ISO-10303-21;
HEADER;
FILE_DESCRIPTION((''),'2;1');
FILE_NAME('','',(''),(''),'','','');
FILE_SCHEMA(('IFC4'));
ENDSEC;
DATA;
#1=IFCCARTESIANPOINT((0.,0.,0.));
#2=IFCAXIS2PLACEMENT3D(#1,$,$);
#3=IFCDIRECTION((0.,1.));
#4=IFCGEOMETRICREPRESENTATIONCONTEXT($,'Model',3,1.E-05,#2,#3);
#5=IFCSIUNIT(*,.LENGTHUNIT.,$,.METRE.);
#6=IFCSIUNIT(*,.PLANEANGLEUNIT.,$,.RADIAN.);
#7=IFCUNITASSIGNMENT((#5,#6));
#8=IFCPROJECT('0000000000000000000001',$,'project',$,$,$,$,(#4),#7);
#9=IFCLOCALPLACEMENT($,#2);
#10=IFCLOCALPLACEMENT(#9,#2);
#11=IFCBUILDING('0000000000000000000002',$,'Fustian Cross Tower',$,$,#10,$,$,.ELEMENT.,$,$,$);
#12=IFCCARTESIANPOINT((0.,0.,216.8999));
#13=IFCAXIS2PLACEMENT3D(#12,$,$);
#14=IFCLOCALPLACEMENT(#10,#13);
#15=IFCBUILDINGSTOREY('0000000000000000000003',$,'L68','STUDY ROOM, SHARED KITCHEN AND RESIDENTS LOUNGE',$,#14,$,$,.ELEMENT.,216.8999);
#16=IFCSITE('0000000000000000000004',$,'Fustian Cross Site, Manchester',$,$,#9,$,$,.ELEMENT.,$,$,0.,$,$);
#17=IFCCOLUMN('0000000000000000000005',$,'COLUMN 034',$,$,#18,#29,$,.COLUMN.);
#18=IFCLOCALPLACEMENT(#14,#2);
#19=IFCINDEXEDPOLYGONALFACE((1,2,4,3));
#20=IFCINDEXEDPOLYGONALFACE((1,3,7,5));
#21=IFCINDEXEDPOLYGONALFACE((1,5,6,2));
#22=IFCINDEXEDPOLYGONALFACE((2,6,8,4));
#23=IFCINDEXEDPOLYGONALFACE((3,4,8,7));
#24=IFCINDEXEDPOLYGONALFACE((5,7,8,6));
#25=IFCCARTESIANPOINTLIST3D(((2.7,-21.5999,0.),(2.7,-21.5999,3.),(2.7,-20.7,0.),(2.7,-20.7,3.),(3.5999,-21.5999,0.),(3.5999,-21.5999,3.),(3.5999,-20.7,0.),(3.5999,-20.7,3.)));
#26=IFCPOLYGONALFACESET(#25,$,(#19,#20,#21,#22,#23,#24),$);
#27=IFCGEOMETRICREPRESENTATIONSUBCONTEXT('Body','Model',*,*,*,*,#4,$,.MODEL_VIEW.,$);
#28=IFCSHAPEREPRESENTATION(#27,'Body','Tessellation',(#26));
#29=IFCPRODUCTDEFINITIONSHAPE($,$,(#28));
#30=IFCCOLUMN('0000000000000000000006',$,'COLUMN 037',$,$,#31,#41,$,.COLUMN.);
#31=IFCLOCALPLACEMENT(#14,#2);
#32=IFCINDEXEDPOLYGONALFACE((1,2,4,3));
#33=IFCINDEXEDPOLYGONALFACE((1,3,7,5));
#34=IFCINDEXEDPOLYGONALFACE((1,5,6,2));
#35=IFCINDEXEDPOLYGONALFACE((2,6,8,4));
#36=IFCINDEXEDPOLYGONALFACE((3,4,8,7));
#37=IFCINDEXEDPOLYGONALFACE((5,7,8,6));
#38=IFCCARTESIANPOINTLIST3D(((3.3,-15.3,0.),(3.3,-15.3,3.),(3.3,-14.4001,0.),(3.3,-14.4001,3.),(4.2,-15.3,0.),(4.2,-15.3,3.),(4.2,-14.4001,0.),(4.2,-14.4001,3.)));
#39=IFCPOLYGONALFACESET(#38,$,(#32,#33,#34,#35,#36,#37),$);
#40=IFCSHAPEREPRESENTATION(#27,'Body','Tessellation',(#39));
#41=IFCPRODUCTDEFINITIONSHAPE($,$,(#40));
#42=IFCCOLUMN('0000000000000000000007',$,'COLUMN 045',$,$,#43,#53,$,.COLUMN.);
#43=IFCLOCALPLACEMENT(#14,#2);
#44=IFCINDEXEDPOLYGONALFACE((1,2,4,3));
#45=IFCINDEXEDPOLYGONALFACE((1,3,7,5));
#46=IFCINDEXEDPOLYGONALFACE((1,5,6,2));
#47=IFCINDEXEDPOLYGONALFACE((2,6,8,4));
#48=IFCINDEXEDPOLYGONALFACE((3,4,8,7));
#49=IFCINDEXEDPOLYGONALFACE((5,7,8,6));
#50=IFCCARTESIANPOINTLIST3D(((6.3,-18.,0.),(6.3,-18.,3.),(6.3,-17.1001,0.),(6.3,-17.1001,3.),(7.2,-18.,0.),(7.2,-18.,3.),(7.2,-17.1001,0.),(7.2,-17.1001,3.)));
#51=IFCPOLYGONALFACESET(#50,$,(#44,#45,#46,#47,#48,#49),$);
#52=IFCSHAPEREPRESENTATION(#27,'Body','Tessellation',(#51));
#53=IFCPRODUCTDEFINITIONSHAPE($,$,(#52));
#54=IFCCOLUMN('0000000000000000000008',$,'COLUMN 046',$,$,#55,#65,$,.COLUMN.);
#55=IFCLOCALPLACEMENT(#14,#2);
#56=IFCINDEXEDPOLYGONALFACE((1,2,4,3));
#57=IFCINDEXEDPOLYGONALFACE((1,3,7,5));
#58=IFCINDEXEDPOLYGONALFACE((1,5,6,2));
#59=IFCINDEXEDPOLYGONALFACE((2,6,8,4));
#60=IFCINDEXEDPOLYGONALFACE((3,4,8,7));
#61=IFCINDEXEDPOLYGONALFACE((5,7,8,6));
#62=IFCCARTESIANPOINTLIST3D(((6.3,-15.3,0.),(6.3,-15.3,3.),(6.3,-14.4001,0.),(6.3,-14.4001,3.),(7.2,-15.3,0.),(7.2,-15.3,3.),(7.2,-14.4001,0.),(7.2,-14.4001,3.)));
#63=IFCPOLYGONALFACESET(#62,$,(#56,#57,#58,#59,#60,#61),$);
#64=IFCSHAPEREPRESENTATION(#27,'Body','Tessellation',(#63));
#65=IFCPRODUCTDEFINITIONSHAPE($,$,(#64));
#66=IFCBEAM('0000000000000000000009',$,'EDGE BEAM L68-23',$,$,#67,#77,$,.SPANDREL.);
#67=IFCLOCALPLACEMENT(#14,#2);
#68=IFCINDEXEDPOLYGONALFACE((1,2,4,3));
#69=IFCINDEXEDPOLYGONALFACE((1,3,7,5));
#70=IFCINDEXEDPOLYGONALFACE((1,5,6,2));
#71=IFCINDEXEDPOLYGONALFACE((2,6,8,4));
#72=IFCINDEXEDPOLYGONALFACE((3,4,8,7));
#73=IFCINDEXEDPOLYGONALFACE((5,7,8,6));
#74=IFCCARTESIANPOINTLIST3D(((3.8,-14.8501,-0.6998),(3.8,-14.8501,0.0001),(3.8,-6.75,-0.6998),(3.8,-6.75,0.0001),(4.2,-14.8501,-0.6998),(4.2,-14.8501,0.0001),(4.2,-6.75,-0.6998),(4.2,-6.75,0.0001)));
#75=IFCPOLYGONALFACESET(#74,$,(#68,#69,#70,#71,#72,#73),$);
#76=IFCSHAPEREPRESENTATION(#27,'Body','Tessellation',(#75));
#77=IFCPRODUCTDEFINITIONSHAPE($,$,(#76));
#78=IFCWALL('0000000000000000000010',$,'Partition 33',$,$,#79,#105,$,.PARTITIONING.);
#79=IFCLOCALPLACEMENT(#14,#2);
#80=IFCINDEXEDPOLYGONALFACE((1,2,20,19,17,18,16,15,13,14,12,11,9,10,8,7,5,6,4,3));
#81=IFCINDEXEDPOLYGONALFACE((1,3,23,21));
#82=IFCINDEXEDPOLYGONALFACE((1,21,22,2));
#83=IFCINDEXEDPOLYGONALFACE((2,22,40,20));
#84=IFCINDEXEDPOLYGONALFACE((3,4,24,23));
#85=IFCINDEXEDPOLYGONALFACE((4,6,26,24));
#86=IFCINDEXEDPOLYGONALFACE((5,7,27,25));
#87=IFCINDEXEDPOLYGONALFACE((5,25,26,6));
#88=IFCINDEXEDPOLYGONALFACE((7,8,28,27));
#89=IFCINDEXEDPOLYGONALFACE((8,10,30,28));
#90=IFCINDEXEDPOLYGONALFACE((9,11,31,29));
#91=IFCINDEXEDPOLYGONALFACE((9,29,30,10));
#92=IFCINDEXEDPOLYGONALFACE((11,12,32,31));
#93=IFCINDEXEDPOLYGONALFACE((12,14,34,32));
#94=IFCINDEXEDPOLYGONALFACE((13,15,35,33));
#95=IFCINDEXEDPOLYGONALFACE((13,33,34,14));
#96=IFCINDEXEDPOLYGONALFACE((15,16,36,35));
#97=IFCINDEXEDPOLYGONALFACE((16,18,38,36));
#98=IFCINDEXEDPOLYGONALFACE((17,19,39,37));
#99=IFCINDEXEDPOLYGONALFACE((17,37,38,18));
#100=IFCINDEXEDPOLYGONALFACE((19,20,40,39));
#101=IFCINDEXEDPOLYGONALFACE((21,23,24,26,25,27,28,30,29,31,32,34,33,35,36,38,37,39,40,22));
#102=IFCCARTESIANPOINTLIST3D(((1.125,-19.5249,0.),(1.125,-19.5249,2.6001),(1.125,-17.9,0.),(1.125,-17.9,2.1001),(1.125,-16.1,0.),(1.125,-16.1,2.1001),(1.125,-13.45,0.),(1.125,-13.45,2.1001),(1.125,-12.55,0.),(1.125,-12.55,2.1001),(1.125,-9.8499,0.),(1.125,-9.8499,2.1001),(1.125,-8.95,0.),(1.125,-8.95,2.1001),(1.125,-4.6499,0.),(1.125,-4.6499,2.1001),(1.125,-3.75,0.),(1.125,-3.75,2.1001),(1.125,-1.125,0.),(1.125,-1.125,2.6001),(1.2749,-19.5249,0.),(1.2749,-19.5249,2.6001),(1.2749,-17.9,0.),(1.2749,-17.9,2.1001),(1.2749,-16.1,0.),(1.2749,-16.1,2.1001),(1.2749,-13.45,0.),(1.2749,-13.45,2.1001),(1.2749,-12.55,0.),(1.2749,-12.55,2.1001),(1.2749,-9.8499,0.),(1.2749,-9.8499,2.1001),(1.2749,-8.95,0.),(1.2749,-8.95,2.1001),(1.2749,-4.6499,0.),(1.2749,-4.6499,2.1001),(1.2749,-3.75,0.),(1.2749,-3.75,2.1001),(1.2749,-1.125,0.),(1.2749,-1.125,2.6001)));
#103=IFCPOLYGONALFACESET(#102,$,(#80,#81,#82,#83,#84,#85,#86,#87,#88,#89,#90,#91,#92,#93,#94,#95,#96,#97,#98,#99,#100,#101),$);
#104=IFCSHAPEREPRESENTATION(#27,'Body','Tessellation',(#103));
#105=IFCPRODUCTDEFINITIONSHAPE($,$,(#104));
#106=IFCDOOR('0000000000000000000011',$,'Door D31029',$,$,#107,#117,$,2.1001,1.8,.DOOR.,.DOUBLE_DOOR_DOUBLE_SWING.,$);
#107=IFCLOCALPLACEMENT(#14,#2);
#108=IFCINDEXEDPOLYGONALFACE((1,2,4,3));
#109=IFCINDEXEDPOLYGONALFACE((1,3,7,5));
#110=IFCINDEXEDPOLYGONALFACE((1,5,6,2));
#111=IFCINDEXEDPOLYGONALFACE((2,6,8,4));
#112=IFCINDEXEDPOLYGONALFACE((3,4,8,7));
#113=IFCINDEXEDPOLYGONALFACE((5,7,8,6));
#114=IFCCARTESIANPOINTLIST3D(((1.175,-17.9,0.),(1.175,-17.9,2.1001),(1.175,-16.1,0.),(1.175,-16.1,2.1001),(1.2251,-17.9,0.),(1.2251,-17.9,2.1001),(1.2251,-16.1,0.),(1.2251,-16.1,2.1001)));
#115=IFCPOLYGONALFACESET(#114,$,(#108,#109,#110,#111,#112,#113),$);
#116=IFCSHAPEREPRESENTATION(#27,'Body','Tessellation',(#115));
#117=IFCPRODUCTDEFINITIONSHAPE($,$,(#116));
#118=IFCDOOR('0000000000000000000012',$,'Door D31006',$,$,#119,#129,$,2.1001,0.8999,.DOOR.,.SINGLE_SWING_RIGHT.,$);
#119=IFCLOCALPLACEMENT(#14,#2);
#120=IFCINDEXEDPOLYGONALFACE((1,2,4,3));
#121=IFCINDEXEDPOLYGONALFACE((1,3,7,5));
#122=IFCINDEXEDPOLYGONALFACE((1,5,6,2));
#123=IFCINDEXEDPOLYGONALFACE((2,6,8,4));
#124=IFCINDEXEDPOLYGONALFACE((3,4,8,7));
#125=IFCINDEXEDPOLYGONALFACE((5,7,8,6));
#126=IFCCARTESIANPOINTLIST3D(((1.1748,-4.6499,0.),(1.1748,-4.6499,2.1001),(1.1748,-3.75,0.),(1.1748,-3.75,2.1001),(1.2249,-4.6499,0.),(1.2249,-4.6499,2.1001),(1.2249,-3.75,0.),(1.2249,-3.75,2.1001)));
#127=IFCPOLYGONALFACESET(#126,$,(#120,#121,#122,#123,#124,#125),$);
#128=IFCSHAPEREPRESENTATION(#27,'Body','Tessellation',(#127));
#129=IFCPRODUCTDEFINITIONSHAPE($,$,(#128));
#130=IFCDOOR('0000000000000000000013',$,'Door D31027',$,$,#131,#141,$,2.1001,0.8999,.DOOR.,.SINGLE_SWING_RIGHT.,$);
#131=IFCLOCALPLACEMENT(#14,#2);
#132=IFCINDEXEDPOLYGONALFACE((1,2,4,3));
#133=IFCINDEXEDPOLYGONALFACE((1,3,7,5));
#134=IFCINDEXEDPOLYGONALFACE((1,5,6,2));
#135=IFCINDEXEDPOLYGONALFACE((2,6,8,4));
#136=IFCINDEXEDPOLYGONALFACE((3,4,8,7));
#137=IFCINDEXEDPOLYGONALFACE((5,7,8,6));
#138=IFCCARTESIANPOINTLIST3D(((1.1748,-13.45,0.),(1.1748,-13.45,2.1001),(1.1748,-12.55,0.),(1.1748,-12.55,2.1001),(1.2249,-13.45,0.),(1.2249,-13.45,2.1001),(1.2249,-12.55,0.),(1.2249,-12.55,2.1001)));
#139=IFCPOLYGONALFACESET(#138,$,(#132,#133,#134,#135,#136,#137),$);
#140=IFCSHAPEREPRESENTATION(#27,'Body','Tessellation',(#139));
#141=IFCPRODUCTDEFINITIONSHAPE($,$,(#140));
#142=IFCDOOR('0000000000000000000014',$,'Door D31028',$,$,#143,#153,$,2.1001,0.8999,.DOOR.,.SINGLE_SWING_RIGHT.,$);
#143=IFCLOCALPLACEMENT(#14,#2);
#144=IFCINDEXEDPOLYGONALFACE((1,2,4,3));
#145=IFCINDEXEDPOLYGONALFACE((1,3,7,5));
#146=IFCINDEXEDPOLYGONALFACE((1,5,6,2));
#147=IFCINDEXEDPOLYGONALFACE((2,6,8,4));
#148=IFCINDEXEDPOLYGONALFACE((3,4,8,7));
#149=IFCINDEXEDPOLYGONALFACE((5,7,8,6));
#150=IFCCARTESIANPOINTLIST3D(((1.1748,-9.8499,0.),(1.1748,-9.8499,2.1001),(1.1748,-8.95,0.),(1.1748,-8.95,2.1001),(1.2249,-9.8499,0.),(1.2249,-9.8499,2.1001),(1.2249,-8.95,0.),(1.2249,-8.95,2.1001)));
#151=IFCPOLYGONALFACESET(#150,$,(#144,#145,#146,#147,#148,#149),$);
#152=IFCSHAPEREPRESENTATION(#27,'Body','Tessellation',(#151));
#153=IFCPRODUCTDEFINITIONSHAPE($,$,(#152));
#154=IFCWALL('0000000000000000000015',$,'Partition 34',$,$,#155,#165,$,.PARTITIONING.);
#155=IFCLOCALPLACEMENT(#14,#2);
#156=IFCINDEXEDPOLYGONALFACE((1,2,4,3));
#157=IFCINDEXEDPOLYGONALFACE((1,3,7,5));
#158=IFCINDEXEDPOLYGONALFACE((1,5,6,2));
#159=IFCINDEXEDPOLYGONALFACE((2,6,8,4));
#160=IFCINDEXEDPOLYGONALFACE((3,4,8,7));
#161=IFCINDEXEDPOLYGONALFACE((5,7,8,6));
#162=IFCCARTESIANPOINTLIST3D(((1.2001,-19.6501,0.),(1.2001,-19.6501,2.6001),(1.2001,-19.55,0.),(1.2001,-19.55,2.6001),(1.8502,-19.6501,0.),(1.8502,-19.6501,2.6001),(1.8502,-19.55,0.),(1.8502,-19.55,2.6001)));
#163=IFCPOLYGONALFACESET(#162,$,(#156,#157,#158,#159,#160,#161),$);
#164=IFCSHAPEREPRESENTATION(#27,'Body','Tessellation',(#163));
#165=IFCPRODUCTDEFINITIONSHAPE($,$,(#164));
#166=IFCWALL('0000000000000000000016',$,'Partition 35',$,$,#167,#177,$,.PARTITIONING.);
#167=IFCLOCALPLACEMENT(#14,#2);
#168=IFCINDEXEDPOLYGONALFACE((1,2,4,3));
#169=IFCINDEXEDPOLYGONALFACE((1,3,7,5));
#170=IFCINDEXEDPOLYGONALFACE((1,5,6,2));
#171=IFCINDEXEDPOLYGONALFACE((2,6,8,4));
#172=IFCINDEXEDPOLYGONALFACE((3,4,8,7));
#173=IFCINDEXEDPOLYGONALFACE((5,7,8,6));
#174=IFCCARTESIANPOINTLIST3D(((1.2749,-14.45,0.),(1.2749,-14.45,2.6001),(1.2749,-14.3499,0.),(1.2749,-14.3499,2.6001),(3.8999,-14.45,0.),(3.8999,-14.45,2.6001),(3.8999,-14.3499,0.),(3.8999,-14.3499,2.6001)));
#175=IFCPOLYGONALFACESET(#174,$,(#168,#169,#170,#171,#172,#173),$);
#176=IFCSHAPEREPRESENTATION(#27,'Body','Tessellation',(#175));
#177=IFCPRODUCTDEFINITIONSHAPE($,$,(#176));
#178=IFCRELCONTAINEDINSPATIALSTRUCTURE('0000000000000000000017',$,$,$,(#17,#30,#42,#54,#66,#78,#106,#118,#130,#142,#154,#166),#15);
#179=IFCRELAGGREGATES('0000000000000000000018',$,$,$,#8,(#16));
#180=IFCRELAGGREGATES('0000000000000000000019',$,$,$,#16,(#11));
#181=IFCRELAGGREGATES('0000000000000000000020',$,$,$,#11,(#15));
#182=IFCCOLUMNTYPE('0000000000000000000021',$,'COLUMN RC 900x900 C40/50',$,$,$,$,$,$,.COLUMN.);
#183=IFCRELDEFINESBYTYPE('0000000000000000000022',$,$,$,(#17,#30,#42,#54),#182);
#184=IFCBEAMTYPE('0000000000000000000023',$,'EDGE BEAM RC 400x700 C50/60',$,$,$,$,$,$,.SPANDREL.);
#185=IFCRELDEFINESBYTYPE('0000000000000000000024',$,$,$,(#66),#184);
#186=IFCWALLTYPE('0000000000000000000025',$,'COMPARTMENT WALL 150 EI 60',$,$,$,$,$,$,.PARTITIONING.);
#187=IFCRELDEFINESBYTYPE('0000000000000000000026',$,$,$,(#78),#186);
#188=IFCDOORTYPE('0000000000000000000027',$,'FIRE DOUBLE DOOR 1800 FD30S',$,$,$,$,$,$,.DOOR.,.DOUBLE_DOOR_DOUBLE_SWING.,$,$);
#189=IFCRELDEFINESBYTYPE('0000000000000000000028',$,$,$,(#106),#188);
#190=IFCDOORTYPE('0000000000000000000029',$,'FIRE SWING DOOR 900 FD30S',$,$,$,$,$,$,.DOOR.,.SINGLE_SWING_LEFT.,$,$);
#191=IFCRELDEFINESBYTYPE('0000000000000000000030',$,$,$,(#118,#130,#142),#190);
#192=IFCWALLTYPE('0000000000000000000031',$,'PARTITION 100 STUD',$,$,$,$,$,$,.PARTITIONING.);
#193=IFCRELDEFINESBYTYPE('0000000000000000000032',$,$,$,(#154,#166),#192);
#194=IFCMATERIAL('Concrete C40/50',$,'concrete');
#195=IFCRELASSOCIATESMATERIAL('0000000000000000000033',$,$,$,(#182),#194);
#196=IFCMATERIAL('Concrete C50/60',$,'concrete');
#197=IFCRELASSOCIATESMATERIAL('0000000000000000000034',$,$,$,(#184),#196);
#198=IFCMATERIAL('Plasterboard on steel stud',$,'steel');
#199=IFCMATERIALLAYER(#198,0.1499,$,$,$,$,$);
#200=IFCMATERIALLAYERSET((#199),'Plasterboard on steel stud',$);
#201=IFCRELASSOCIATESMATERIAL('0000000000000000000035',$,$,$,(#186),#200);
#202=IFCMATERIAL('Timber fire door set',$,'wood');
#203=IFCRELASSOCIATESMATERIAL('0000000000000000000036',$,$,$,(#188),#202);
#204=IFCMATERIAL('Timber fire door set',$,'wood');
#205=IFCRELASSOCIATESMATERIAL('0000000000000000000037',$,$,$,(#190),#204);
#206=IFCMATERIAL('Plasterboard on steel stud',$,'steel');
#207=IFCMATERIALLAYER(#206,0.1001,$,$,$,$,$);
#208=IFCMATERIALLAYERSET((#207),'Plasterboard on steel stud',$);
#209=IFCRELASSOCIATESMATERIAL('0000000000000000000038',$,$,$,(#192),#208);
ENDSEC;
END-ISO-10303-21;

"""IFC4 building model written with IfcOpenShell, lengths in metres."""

from ifc_helpers import new_model, si_unit, direction, frame, frame_2d, origin, origin_2d, place, context, subcontext, project, spatial, rectangle, extrude, material, layer, layer_set, material_profile, profile_set, type_object, element, fill, save


model = new_model("IFC4")

# Units and contexts
model_context = context("Model", 3, precision=1e-05, world=origin(), true_north=direction((0.0, 1.0)))
body_context = subcontext(model_context, "Body", "Model", "MODEL_VIEW")
ifc_project = project(units=[si_unit("LENGTHUNIT", "METRE"), si_unit("PLANEANGLEUNIT", "RADIAN")], contexts=[model_context])

# Site, building, storey
site_placement = place(None, origin())
site = spatial("IfcSite", under=ifc_project, at=site_placement, Name="Fustian Cross Site, Manchester", CompositionType="ELEMENT", RefElevation=0.0)
building_placement = place(site_placement, origin())
building = spatial("IfcBuilding", under=site, at=building_placement, Name="Fustian Cross Tower", CompositionType="ELEMENT")
storey_placement = place(building_placement, frame((0.0, 0.0, 216.8999)))
storey = spatial("IfcBuildingStorey", under=building, at=storey_placement, Name="L68", Description="STUDY ROOM, SHARED KITCHEN AND RESIDENTS LOUNGE", CompositionType="ELEMENT", Elevation=216.8999)

# Columns
ifc_material_1 = material(Name="Concrete C40/50", Category="concrete")
ifc_material_profile_1 = material_profile(ifc_material_1, rectangle(XDim=0.8999, YDim=0.8999, at=origin_2d()), Name="RC 900x900")
ifc_profile_set_1 = profile_set([ifc_material_profile_1], Name="Concrete C40/50")
column_type = type_object("IfcColumnType", Name="COLUMN RC 900x900 C40/50", PredefinedType="COLUMN", material=ifc_profile_set_1)
for number, where, z_axis, x_axis, name in (
    (1, (3.1499, -21.1499, 0.0), (0.0, 0.0, 1.0), (1.0, 0.0, 0.0), "COLUMN 034"),
    (2, (3.75, -14.8501, 0.0), (0.0, 0.0, 1.0), (1.0, 0.0, 0.0), "COLUMN 037"),
    (3, (6.75, -17.55, 0.0), (0.0, 0.0, 1.0), (1.0, 0.0, 0.0), "COLUMN 045"),
    (4, (6.75, -14.8501, 0.0), (0.0, 0.0, 1.0), (1.0, 0.0, 0.0), "COLUMN 046"),
):
    element("IfcColumn", number, at=place(storey_placement, frame(where, z_axis=z_axis, x_axis=x_axis)), inside=storey, type_object=column_type, Name=name, PredefinedType="COLUMN", context=body_context, shape_type="SweptSolid", body=[
        extrude(rectangle(XDim=0.8999, YDim=0.8999, at=origin_2d()), origin(), (0.0, 0.0, 1.0), 3.0),
    ])

# Beam
ifc_material_2 = material(Name="Concrete C50/60", Category="concrete")
ifc_material_profile_2 = material_profile(ifc_material_2, rectangle(XDim=0.3999, YDim=0.7, at=origin_2d()), Name="RC 400x700")
ifc_profile_set_2 = profile_set([ifc_material_profile_2], Name="Concrete C50/60")
beam_type = type_object("IfcBeamType", Name="EDGE BEAM RC 400x700 C50/60", PredefinedType="SPANDREL", material=ifc_profile_set_2)
beam_placement = place(storey_placement, frame((4.0, -14.8501, -0.3499), z_axis=(0.0, 1.0, 0.0), x_axis=(-1.0, 0.0, 0.0)))
element("IfcBeam", 5, at=beam_placement, inside=storey, type_object=beam_type, Name="EDGE BEAM L68-23", PredefinedType="SPANDREL", context=body_context, shape_type="SweptSolid", body=[
    extrude(rectangle(XDim=0.3999, YDim=0.7, at=origin_2d()), origin(), (0.0, 0.0, 1.0), 8.1001),
])

# Wall, openings, doors
ifc_material_3 = material(Name="Plasterboard on steel stud", Category="steel")
ifc_layer_1 = layer(ifc_material_3, 0.1499)
ifc_layer_set_1 = layer_set([ifc_layer_1], Name="Plasterboard on steel stud")
wall_type_1 = type_object("IfcWallType", Name="COMPARTMENT WALL 150 EI 60", PredefinedType="PARTITIONING", material=ifc_layer_set_1)
wall_1_placement = place(storey_placement, frame((1.2, -19.5249, 0.0), z_axis=(0.0, 0.0, 1.0), x_axis=(0.0, 1.0, 0.0)))
wall_1 = element("IfcWall", 6, at=wall_1_placement, inside=storey, type_object=wall_type_1, Name="Partition 33", PredefinedType="PARTITIONING", context=body_context, shape_type="SweptSolid", body=[
    extrude(rectangle(XDim=18.3999, YDim=0.1499, at=frame_2d((9.2, 0.0))), origin(), (0.0, 0.0, 1.0), 2.6001),
])
opening_1_placement = place(wall_1_placement, frame((14.875, 0.0, 0.0)))
opening_1 = element("IfcOpeningElement", 7, at=opening_1_placement, cuts=wall_1, PredefinedType="OPENING", context=body_context, shape_type="SweptSolid", body=[
    extrude(rectangle(XDim=0.8999, YDim=2.1001, at=frame_2d((0.45, 1.05))), frame((0.0, 0.085, 0.0), z_axis=(0.0, -1.0, 0.0), x_axis=(1.0, 0.0, 0.0)), (0.0, 0.0, 1.0), 0.1699),
])
opening_2_placement = place(wall_1_placement, frame((6.075, 0.0, 0.0)))
opening_2 = element("IfcOpeningElement", 8, at=opening_2_placement, cuts=wall_1, PredefinedType="OPENING", context=body_context, shape_type="SweptSolid", body=[
    extrude(rectangle(XDim=0.8999, YDim=2.1001, at=frame_2d((0.45, 1.05))), frame((0.0, 0.085, 0.0), z_axis=(0.0, -1.0, 0.0), x_axis=(1.0, 0.0, 0.0)), (0.0, 0.0, 1.0), 0.1699),
])
opening_3_placement = place(wall_1_placement, frame((9.675, 0.0, 0.0)))
opening_3 = element("IfcOpeningElement", 9, at=opening_3_placement, cuts=wall_1, PredefinedType="OPENING", context=body_context, shape_type="SweptSolid", body=[
    extrude(rectangle(XDim=0.8999, YDim=2.1001, at=frame_2d((0.45, 1.05))), frame((0.0, 0.085, 0.0), z_axis=(0.0, -1.0, 0.0), x_axis=(1.0, 0.0, 0.0)), (0.0, 0.0, 1.0), 0.1699),
])
opening_4_placement = place(wall_1_placement, frame((1.625, 0.0, 0.0)))
opening_4 = element("IfcOpeningElement", 10, at=opening_4_placement, cuts=wall_1, PredefinedType="OPENING", context=body_context, shape_type="SweptSolid", body=[
    extrude(rectangle(XDim=1.8, YDim=2.1001, at=frame_2d((0.8999, 1.05))), frame((0.0, 0.085, 0.0), z_axis=(0.0, -1.0, 0.0), x_axis=(1.0, 0.0, 0.0)), (0.0, 0.0, 1.0), 0.1699),
])
ifc_material_4 = material(Name="Timber fire door set", Category="wood")
door_type_1 = type_object("IfcDoorType", Name="FIRE DOUBLE DOOR 1800 FD30S", OperationType="DOUBLE_DOOR_DOUBLE_SWING", PredefinedType="DOOR", material=ifc_material_4)
door_1_placement = place(opening_4_placement, origin())
door_1 = element("IfcDoor", 11, at=door_1_placement, inside=storey, type_object=door_type_1, Name="Door D31029", OperationType="DOUBLE_DOOR_DOUBLE_SWING", OverallHeight=2.1001, OverallWidth=1.8, PredefinedType="DOOR", context=body_context, shape_type="SweptSolid", body=[
    extrude(rectangle(XDim=1.8, YDim=2.1001, at=frame_2d((0.8999, 1.05))), frame((0.0, 0.0249, 0.0), z_axis=(0.0, -1.0, 0.0), x_axis=(1.0, 0.0, 0.0)), (0.0, 0.0, 1.0), 0.05),
])
fill(opening_4, door_1)
ifc_material_5 = material(Name="Timber fire door set", Category="wood")
door_type_2 = type_object("IfcDoorType", Name="FIRE SWING DOOR 900 FD30S", OperationType="SINGLE_SWING_LEFT", PredefinedType="DOOR", material=ifc_material_5)
door_2_placement = place(opening_1_placement, frame((0.8999, 0.0, 0.0), z_axis=(0.0, 0.0, 1.0), x_axis=(-1.0, 0.0, 0.0)))
door_2 = element("IfcDoor", 12, at=door_2_placement, inside=storey, type_object=door_type_2, Name="Door D31006", OperationType="SINGLE_SWING_RIGHT", OverallHeight=2.1001, OverallWidth=0.8999, PredefinedType="DOOR", context=body_context, shape_type="SweptSolid", body=[
    extrude(rectangle(XDim=0.8999, YDim=2.1001, at=frame_2d((0.45, 1.05))), frame((0.0, 0.0249, 0.0), z_axis=(0.0, -1.0, 0.0), x_axis=(1.0, 0.0, 0.0)), (0.0, 0.0, 1.0), 0.05),
])
fill(opening_1, door_2)
door_3_placement = place(opening_2_placement, frame((0.8999, 0.0, 0.0), z_axis=(0.0, 0.0, 1.0), x_axis=(-1.0, 0.0, 0.0)))
door_3 = element("IfcDoor", 13, at=door_3_placement, inside=storey, type_object=door_type_2, Name="Door D31027", OperationType="SINGLE_SWING_RIGHT", OverallHeight=2.1001, OverallWidth=0.8999, PredefinedType="DOOR", context=body_context, shape_type="SweptSolid", body=[
    extrude(rectangle(XDim=0.8999, YDim=2.1001, at=frame_2d((0.45, 1.05))), frame((0.0, 0.0249, 0.0), z_axis=(0.0, -1.0, 0.0), x_axis=(1.0, 0.0, 0.0)), (0.0, 0.0, 1.0), 0.05),
])
fill(opening_2, door_3)
door_4_placement = place(opening_3_placement, frame((0.8999, 0.0, 0.0), z_axis=(0.0, 0.0, 1.0), x_axis=(-1.0, 0.0, 0.0)))
door_4 = element("IfcDoor", 14, at=door_4_placement, inside=storey, type_object=door_type_2, Name="Door D31028", OperationType="SINGLE_SWING_RIGHT", OverallHeight=2.1001, OverallWidth=0.8999, PredefinedType="DOOR", context=body_context, shape_type="SweptSolid", body=[
    extrude(rectangle(XDim=0.8999, YDim=2.1001, at=frame_2d((0.45, 1.05))), frame((0.0, 0.0249, 0.0), z_axis=(0.0, -1.0, 0.0), x_axis=(1.0, 0.0, 0.0)), (0.0, 0.0, 1.0), 0.05),
])
fill(opening_3, door_4)

# Walls
ifc_material_6 = material(Name="Plasterboard on steel stud", Category="steel")
ifc_layer_2 = layer(ifc_material_6, 0.1001)
ifc_layer_set_2 = layer_set([ifc_layer_2], Name="Plasterboard on steel stud")
wall_type_2 = type_object("IfcWallType", Name="PARTITION 100 STUD", PredefinedType="PARTITIONING", material=ifc_layer_set_2)
wall_2_placement = place(storey_placement, frame((1.2, -19.6001, 0.0), z_axis=(0.0, 0.0, 1.0), x_axis=(1.0, 0.0, 0.0)))
element("IfcWall", 15, at=wall_2_placement, inside=storey, type_object=wall_type_2, Name="Partition 34", PredefinedType="PARTITIONING", context=body_context, shape_type="SweptSolid", body=[
    extrude(rectangle(XDim=0.6501, YDim=0.1001, at=frame_2d((0.3252, 0.0))), origin(), (0.0, 0.0, 1.0), 2.6001),
])
wall_3_placement = place(storey_placement, frame((1.2749, -14.3999, 0.0), z_axis=(0.0, 0.0, 1.0), x_axis=(1.0, 0.0, 0.0)))
element("IfcWall", 16, at=wall_3_placement, inside=storey, type_object=wall_type_2, Name="Partition 35", PredefinedType="PARTITIONING", context=body_context, shape_type="SweptSolid", body=[
    extrude(rectangle(XDim=2.625, YDim=0.1001, at=frame_2d((1.3125, 0.0))), origin(), (0.0, 0.0, 1.0), 2.6001),
])

save(model, "model.ifc")
